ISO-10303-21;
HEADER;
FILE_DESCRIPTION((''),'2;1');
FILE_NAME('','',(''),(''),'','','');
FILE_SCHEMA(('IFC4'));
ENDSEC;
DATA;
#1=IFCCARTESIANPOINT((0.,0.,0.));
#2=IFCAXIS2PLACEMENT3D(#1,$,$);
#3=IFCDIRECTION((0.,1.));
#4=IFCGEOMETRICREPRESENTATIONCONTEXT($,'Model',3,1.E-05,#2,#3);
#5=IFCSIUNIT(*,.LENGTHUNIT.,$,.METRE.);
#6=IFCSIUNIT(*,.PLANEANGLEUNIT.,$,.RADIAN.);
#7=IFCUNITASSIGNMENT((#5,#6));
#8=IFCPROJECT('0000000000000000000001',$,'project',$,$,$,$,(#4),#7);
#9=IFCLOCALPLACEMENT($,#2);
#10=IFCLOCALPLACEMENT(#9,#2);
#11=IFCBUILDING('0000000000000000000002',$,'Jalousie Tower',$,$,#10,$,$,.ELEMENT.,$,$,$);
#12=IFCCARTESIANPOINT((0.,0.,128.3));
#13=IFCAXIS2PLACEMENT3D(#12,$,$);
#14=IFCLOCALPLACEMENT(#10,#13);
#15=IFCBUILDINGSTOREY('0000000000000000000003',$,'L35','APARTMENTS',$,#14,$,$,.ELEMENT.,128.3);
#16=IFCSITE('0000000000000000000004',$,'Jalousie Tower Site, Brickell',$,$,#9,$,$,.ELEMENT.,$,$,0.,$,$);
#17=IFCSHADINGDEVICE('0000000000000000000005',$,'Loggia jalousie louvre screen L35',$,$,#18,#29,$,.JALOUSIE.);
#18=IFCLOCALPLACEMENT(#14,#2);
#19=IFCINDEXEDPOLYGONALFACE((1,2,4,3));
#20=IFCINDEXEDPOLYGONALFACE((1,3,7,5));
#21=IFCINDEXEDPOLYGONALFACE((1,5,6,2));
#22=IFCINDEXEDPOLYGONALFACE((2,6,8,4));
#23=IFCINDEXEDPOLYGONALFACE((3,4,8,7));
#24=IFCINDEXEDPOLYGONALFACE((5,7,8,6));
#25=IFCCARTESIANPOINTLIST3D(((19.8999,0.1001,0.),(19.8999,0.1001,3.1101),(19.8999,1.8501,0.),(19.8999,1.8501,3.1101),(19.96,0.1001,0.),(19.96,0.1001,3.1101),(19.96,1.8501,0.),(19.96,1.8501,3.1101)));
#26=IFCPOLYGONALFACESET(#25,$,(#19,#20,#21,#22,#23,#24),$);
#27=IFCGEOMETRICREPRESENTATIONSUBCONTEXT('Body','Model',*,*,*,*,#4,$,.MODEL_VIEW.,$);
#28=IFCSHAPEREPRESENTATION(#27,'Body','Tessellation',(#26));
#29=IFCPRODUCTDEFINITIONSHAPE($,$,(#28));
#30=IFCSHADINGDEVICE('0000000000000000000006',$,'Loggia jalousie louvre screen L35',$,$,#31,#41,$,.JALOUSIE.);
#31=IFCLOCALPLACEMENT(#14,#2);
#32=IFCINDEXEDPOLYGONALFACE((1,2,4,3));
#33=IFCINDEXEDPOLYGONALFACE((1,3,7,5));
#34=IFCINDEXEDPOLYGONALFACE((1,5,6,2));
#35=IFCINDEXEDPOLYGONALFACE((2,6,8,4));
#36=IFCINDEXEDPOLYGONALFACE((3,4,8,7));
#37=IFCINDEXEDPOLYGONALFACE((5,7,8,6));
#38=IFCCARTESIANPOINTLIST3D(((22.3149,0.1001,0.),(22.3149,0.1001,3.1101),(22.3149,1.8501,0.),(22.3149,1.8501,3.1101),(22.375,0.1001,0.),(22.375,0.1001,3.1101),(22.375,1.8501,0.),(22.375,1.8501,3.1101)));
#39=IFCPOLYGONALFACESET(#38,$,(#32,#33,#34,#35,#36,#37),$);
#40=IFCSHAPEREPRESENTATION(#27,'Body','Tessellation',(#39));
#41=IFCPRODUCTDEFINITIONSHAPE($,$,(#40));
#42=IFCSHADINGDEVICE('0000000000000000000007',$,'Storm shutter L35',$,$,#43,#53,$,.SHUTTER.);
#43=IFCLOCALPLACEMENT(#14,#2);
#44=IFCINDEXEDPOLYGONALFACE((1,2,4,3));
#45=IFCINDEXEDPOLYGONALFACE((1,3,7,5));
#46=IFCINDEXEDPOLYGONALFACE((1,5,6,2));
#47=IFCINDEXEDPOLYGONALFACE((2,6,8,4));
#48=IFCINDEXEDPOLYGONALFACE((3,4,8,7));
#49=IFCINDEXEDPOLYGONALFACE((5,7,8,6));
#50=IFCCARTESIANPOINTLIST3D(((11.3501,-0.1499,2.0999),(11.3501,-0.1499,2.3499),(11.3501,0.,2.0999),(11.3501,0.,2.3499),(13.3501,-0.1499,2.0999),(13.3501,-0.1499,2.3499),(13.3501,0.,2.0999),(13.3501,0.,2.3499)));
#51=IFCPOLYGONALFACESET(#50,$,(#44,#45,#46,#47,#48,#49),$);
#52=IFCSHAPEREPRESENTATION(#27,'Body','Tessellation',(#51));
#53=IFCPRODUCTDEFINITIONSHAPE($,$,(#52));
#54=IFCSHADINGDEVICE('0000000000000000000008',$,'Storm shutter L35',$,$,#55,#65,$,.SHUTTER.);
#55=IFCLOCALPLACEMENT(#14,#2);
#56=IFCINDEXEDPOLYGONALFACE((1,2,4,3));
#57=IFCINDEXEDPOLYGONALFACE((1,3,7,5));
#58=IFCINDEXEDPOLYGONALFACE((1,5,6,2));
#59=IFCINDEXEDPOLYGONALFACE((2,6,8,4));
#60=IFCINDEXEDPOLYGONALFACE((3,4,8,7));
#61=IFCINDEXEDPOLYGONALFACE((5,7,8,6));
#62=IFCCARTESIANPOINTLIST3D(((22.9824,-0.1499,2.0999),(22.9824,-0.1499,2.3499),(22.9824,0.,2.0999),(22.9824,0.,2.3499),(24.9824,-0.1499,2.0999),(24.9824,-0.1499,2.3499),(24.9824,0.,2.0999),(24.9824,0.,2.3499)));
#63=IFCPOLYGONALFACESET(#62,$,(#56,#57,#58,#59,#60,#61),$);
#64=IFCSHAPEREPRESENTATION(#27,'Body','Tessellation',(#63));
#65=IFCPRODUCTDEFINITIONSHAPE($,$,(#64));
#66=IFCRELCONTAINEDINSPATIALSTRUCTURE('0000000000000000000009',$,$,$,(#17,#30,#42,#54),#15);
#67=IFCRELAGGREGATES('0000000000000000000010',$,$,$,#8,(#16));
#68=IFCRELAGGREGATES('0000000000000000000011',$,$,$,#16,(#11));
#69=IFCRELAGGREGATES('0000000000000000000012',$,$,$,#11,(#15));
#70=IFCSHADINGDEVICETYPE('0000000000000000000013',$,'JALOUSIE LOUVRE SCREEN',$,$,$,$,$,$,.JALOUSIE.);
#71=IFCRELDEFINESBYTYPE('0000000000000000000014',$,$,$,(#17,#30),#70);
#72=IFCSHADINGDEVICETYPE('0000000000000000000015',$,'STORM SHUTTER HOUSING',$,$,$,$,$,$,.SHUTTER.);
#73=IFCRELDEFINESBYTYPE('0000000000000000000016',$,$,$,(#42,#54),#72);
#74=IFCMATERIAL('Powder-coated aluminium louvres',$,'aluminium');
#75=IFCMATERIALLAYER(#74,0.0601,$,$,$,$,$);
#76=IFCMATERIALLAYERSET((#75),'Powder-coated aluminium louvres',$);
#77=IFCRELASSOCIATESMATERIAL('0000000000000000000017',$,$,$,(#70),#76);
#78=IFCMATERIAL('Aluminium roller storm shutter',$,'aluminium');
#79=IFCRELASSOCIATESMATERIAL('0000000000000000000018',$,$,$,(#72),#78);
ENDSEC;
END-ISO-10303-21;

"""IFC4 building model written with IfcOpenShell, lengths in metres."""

from ifc_helpers import new_model, si_unit, direction, frame, origin, origin_2d, place, context, subcontext, project, spatial, rectangle, extrude, material, layer, layer_set, type_object, element, save


model = new_model("IFC4")

# Units and contexts
model_context = context("Model", 3, precision=1e-05, world=origin(), true_north=direction((0.0, 1.0)))
body_context = subcontext(model_context, "Body", "Model", "MODEL_VIEW")
ifc_project = project(units=[si_unit("LENGTHUNIT", "METRE"), si_unit("PLANEANGLEUNIT", "RADIAN")], contexts=[model_context])

# Site, building, storey
site_placement = place(None, origin())
site = spatial("IfcSite", under=ifc_project, at=site_placement, Name="Jalousie Tower Site, Brickell", CompositionType="ELEMENT", RefElevation=0.0)
building_placement = place(site_placement, origin())
building = spatial("IfcBuilding", under=site, at=building_placement, Name="Jalousie Tower", CompositionType="ELEMENT")
storey_placement = place(building_placement, frame((0.0, 0.0, 128.3)))
storey = spatial("IfcBuildingStorey", under=building, at=storey_placement, Name="L35", Description="APARTMENTS", CompositionType="ELEMENT", Elevation=128.3)

# Shading devices
ifc_material_1 = material(Name="Powder-coated aluminium louvres", Category="aluminium")
ifc_layer_1 = layer(ifc_material_1, 0.0601)
ifc_layer_set_1 = layer_set([ifc_layer_1], Name="Powder-coated aluminium louvres")
shading_device_type_1 = type_object("IfcShadingDeviceType", Name="JALOUSIE LOUVRE SCREEN", PredefinedType="JALOUSIE", material=ifc_layer_set_1)
for number, where, z_axis, x_axis, name in (
    (1, (19.9299, 0.9751, 0.0), (0.0, 0.0, 1.0), (1.0, 0.0, 0.0), "Loggia jalousie louvre screen L35"),
    (2, (22.345, 0.9751, 0.0), (0.0, 0.0, 1.0), (1.0, 0.0, 0.0), "Loggia jalousie louvre screen L35"),
):
    element("IfcShadingDevice", number, at=place(storey_placement, frame(where, z_axis=z_axis, x_axis=x_axis)), inside=storey, type_object=shading_device_type_1, Name=name, PredefinedType="JALOUSIE", context=body_context, shape_type="SweptSolid", body=[
        extrude(rectangle(XDim=0.0601, YDim=1.75, at=origin_2d()), origin(), (0.0, 0.0, 1.0), 3.1101),
    ])
ifc_material_2 = material(Name="Aluminium roller storm shutter", Category="aluminium")
shading_device_type_2 = type_object("IfcShadingDeviceType", Name="STORM SHUTTER HOUSING", PredefinedType="SHUTTER", material=ifc_material_2)
for number, where, z_axis, x_axis, name in (
    (3, (12.3501, -0.075, 2.0999), (0.0, 0.0, 1.0), (1.0, 0.0, 0.0), "Storm shutter L35"),
    (4, (23.9824, -0.075, 2.0999), (0.0, 0.0, 1.0), (1.0, 0.0, 0.0), "Storm shutter L35"),
):
    element("IfcShadingDevice", number, at=place(storey_placement, frame(where, z_axis=z_axis, x_axis=x_axis)), inside=storey, type_object=shading_device_type_2, Name=name, PredefinedType="SHUTTER", context=body_context, shape_type="SweptSolid", body=[
        extrude(rectangle(XDim=2.0, YDim=0.1499, at=origin_2d()), origin(), (0.0, 0.0, 1.0), 0.25),
    ])

save(model, "model.ifc")
